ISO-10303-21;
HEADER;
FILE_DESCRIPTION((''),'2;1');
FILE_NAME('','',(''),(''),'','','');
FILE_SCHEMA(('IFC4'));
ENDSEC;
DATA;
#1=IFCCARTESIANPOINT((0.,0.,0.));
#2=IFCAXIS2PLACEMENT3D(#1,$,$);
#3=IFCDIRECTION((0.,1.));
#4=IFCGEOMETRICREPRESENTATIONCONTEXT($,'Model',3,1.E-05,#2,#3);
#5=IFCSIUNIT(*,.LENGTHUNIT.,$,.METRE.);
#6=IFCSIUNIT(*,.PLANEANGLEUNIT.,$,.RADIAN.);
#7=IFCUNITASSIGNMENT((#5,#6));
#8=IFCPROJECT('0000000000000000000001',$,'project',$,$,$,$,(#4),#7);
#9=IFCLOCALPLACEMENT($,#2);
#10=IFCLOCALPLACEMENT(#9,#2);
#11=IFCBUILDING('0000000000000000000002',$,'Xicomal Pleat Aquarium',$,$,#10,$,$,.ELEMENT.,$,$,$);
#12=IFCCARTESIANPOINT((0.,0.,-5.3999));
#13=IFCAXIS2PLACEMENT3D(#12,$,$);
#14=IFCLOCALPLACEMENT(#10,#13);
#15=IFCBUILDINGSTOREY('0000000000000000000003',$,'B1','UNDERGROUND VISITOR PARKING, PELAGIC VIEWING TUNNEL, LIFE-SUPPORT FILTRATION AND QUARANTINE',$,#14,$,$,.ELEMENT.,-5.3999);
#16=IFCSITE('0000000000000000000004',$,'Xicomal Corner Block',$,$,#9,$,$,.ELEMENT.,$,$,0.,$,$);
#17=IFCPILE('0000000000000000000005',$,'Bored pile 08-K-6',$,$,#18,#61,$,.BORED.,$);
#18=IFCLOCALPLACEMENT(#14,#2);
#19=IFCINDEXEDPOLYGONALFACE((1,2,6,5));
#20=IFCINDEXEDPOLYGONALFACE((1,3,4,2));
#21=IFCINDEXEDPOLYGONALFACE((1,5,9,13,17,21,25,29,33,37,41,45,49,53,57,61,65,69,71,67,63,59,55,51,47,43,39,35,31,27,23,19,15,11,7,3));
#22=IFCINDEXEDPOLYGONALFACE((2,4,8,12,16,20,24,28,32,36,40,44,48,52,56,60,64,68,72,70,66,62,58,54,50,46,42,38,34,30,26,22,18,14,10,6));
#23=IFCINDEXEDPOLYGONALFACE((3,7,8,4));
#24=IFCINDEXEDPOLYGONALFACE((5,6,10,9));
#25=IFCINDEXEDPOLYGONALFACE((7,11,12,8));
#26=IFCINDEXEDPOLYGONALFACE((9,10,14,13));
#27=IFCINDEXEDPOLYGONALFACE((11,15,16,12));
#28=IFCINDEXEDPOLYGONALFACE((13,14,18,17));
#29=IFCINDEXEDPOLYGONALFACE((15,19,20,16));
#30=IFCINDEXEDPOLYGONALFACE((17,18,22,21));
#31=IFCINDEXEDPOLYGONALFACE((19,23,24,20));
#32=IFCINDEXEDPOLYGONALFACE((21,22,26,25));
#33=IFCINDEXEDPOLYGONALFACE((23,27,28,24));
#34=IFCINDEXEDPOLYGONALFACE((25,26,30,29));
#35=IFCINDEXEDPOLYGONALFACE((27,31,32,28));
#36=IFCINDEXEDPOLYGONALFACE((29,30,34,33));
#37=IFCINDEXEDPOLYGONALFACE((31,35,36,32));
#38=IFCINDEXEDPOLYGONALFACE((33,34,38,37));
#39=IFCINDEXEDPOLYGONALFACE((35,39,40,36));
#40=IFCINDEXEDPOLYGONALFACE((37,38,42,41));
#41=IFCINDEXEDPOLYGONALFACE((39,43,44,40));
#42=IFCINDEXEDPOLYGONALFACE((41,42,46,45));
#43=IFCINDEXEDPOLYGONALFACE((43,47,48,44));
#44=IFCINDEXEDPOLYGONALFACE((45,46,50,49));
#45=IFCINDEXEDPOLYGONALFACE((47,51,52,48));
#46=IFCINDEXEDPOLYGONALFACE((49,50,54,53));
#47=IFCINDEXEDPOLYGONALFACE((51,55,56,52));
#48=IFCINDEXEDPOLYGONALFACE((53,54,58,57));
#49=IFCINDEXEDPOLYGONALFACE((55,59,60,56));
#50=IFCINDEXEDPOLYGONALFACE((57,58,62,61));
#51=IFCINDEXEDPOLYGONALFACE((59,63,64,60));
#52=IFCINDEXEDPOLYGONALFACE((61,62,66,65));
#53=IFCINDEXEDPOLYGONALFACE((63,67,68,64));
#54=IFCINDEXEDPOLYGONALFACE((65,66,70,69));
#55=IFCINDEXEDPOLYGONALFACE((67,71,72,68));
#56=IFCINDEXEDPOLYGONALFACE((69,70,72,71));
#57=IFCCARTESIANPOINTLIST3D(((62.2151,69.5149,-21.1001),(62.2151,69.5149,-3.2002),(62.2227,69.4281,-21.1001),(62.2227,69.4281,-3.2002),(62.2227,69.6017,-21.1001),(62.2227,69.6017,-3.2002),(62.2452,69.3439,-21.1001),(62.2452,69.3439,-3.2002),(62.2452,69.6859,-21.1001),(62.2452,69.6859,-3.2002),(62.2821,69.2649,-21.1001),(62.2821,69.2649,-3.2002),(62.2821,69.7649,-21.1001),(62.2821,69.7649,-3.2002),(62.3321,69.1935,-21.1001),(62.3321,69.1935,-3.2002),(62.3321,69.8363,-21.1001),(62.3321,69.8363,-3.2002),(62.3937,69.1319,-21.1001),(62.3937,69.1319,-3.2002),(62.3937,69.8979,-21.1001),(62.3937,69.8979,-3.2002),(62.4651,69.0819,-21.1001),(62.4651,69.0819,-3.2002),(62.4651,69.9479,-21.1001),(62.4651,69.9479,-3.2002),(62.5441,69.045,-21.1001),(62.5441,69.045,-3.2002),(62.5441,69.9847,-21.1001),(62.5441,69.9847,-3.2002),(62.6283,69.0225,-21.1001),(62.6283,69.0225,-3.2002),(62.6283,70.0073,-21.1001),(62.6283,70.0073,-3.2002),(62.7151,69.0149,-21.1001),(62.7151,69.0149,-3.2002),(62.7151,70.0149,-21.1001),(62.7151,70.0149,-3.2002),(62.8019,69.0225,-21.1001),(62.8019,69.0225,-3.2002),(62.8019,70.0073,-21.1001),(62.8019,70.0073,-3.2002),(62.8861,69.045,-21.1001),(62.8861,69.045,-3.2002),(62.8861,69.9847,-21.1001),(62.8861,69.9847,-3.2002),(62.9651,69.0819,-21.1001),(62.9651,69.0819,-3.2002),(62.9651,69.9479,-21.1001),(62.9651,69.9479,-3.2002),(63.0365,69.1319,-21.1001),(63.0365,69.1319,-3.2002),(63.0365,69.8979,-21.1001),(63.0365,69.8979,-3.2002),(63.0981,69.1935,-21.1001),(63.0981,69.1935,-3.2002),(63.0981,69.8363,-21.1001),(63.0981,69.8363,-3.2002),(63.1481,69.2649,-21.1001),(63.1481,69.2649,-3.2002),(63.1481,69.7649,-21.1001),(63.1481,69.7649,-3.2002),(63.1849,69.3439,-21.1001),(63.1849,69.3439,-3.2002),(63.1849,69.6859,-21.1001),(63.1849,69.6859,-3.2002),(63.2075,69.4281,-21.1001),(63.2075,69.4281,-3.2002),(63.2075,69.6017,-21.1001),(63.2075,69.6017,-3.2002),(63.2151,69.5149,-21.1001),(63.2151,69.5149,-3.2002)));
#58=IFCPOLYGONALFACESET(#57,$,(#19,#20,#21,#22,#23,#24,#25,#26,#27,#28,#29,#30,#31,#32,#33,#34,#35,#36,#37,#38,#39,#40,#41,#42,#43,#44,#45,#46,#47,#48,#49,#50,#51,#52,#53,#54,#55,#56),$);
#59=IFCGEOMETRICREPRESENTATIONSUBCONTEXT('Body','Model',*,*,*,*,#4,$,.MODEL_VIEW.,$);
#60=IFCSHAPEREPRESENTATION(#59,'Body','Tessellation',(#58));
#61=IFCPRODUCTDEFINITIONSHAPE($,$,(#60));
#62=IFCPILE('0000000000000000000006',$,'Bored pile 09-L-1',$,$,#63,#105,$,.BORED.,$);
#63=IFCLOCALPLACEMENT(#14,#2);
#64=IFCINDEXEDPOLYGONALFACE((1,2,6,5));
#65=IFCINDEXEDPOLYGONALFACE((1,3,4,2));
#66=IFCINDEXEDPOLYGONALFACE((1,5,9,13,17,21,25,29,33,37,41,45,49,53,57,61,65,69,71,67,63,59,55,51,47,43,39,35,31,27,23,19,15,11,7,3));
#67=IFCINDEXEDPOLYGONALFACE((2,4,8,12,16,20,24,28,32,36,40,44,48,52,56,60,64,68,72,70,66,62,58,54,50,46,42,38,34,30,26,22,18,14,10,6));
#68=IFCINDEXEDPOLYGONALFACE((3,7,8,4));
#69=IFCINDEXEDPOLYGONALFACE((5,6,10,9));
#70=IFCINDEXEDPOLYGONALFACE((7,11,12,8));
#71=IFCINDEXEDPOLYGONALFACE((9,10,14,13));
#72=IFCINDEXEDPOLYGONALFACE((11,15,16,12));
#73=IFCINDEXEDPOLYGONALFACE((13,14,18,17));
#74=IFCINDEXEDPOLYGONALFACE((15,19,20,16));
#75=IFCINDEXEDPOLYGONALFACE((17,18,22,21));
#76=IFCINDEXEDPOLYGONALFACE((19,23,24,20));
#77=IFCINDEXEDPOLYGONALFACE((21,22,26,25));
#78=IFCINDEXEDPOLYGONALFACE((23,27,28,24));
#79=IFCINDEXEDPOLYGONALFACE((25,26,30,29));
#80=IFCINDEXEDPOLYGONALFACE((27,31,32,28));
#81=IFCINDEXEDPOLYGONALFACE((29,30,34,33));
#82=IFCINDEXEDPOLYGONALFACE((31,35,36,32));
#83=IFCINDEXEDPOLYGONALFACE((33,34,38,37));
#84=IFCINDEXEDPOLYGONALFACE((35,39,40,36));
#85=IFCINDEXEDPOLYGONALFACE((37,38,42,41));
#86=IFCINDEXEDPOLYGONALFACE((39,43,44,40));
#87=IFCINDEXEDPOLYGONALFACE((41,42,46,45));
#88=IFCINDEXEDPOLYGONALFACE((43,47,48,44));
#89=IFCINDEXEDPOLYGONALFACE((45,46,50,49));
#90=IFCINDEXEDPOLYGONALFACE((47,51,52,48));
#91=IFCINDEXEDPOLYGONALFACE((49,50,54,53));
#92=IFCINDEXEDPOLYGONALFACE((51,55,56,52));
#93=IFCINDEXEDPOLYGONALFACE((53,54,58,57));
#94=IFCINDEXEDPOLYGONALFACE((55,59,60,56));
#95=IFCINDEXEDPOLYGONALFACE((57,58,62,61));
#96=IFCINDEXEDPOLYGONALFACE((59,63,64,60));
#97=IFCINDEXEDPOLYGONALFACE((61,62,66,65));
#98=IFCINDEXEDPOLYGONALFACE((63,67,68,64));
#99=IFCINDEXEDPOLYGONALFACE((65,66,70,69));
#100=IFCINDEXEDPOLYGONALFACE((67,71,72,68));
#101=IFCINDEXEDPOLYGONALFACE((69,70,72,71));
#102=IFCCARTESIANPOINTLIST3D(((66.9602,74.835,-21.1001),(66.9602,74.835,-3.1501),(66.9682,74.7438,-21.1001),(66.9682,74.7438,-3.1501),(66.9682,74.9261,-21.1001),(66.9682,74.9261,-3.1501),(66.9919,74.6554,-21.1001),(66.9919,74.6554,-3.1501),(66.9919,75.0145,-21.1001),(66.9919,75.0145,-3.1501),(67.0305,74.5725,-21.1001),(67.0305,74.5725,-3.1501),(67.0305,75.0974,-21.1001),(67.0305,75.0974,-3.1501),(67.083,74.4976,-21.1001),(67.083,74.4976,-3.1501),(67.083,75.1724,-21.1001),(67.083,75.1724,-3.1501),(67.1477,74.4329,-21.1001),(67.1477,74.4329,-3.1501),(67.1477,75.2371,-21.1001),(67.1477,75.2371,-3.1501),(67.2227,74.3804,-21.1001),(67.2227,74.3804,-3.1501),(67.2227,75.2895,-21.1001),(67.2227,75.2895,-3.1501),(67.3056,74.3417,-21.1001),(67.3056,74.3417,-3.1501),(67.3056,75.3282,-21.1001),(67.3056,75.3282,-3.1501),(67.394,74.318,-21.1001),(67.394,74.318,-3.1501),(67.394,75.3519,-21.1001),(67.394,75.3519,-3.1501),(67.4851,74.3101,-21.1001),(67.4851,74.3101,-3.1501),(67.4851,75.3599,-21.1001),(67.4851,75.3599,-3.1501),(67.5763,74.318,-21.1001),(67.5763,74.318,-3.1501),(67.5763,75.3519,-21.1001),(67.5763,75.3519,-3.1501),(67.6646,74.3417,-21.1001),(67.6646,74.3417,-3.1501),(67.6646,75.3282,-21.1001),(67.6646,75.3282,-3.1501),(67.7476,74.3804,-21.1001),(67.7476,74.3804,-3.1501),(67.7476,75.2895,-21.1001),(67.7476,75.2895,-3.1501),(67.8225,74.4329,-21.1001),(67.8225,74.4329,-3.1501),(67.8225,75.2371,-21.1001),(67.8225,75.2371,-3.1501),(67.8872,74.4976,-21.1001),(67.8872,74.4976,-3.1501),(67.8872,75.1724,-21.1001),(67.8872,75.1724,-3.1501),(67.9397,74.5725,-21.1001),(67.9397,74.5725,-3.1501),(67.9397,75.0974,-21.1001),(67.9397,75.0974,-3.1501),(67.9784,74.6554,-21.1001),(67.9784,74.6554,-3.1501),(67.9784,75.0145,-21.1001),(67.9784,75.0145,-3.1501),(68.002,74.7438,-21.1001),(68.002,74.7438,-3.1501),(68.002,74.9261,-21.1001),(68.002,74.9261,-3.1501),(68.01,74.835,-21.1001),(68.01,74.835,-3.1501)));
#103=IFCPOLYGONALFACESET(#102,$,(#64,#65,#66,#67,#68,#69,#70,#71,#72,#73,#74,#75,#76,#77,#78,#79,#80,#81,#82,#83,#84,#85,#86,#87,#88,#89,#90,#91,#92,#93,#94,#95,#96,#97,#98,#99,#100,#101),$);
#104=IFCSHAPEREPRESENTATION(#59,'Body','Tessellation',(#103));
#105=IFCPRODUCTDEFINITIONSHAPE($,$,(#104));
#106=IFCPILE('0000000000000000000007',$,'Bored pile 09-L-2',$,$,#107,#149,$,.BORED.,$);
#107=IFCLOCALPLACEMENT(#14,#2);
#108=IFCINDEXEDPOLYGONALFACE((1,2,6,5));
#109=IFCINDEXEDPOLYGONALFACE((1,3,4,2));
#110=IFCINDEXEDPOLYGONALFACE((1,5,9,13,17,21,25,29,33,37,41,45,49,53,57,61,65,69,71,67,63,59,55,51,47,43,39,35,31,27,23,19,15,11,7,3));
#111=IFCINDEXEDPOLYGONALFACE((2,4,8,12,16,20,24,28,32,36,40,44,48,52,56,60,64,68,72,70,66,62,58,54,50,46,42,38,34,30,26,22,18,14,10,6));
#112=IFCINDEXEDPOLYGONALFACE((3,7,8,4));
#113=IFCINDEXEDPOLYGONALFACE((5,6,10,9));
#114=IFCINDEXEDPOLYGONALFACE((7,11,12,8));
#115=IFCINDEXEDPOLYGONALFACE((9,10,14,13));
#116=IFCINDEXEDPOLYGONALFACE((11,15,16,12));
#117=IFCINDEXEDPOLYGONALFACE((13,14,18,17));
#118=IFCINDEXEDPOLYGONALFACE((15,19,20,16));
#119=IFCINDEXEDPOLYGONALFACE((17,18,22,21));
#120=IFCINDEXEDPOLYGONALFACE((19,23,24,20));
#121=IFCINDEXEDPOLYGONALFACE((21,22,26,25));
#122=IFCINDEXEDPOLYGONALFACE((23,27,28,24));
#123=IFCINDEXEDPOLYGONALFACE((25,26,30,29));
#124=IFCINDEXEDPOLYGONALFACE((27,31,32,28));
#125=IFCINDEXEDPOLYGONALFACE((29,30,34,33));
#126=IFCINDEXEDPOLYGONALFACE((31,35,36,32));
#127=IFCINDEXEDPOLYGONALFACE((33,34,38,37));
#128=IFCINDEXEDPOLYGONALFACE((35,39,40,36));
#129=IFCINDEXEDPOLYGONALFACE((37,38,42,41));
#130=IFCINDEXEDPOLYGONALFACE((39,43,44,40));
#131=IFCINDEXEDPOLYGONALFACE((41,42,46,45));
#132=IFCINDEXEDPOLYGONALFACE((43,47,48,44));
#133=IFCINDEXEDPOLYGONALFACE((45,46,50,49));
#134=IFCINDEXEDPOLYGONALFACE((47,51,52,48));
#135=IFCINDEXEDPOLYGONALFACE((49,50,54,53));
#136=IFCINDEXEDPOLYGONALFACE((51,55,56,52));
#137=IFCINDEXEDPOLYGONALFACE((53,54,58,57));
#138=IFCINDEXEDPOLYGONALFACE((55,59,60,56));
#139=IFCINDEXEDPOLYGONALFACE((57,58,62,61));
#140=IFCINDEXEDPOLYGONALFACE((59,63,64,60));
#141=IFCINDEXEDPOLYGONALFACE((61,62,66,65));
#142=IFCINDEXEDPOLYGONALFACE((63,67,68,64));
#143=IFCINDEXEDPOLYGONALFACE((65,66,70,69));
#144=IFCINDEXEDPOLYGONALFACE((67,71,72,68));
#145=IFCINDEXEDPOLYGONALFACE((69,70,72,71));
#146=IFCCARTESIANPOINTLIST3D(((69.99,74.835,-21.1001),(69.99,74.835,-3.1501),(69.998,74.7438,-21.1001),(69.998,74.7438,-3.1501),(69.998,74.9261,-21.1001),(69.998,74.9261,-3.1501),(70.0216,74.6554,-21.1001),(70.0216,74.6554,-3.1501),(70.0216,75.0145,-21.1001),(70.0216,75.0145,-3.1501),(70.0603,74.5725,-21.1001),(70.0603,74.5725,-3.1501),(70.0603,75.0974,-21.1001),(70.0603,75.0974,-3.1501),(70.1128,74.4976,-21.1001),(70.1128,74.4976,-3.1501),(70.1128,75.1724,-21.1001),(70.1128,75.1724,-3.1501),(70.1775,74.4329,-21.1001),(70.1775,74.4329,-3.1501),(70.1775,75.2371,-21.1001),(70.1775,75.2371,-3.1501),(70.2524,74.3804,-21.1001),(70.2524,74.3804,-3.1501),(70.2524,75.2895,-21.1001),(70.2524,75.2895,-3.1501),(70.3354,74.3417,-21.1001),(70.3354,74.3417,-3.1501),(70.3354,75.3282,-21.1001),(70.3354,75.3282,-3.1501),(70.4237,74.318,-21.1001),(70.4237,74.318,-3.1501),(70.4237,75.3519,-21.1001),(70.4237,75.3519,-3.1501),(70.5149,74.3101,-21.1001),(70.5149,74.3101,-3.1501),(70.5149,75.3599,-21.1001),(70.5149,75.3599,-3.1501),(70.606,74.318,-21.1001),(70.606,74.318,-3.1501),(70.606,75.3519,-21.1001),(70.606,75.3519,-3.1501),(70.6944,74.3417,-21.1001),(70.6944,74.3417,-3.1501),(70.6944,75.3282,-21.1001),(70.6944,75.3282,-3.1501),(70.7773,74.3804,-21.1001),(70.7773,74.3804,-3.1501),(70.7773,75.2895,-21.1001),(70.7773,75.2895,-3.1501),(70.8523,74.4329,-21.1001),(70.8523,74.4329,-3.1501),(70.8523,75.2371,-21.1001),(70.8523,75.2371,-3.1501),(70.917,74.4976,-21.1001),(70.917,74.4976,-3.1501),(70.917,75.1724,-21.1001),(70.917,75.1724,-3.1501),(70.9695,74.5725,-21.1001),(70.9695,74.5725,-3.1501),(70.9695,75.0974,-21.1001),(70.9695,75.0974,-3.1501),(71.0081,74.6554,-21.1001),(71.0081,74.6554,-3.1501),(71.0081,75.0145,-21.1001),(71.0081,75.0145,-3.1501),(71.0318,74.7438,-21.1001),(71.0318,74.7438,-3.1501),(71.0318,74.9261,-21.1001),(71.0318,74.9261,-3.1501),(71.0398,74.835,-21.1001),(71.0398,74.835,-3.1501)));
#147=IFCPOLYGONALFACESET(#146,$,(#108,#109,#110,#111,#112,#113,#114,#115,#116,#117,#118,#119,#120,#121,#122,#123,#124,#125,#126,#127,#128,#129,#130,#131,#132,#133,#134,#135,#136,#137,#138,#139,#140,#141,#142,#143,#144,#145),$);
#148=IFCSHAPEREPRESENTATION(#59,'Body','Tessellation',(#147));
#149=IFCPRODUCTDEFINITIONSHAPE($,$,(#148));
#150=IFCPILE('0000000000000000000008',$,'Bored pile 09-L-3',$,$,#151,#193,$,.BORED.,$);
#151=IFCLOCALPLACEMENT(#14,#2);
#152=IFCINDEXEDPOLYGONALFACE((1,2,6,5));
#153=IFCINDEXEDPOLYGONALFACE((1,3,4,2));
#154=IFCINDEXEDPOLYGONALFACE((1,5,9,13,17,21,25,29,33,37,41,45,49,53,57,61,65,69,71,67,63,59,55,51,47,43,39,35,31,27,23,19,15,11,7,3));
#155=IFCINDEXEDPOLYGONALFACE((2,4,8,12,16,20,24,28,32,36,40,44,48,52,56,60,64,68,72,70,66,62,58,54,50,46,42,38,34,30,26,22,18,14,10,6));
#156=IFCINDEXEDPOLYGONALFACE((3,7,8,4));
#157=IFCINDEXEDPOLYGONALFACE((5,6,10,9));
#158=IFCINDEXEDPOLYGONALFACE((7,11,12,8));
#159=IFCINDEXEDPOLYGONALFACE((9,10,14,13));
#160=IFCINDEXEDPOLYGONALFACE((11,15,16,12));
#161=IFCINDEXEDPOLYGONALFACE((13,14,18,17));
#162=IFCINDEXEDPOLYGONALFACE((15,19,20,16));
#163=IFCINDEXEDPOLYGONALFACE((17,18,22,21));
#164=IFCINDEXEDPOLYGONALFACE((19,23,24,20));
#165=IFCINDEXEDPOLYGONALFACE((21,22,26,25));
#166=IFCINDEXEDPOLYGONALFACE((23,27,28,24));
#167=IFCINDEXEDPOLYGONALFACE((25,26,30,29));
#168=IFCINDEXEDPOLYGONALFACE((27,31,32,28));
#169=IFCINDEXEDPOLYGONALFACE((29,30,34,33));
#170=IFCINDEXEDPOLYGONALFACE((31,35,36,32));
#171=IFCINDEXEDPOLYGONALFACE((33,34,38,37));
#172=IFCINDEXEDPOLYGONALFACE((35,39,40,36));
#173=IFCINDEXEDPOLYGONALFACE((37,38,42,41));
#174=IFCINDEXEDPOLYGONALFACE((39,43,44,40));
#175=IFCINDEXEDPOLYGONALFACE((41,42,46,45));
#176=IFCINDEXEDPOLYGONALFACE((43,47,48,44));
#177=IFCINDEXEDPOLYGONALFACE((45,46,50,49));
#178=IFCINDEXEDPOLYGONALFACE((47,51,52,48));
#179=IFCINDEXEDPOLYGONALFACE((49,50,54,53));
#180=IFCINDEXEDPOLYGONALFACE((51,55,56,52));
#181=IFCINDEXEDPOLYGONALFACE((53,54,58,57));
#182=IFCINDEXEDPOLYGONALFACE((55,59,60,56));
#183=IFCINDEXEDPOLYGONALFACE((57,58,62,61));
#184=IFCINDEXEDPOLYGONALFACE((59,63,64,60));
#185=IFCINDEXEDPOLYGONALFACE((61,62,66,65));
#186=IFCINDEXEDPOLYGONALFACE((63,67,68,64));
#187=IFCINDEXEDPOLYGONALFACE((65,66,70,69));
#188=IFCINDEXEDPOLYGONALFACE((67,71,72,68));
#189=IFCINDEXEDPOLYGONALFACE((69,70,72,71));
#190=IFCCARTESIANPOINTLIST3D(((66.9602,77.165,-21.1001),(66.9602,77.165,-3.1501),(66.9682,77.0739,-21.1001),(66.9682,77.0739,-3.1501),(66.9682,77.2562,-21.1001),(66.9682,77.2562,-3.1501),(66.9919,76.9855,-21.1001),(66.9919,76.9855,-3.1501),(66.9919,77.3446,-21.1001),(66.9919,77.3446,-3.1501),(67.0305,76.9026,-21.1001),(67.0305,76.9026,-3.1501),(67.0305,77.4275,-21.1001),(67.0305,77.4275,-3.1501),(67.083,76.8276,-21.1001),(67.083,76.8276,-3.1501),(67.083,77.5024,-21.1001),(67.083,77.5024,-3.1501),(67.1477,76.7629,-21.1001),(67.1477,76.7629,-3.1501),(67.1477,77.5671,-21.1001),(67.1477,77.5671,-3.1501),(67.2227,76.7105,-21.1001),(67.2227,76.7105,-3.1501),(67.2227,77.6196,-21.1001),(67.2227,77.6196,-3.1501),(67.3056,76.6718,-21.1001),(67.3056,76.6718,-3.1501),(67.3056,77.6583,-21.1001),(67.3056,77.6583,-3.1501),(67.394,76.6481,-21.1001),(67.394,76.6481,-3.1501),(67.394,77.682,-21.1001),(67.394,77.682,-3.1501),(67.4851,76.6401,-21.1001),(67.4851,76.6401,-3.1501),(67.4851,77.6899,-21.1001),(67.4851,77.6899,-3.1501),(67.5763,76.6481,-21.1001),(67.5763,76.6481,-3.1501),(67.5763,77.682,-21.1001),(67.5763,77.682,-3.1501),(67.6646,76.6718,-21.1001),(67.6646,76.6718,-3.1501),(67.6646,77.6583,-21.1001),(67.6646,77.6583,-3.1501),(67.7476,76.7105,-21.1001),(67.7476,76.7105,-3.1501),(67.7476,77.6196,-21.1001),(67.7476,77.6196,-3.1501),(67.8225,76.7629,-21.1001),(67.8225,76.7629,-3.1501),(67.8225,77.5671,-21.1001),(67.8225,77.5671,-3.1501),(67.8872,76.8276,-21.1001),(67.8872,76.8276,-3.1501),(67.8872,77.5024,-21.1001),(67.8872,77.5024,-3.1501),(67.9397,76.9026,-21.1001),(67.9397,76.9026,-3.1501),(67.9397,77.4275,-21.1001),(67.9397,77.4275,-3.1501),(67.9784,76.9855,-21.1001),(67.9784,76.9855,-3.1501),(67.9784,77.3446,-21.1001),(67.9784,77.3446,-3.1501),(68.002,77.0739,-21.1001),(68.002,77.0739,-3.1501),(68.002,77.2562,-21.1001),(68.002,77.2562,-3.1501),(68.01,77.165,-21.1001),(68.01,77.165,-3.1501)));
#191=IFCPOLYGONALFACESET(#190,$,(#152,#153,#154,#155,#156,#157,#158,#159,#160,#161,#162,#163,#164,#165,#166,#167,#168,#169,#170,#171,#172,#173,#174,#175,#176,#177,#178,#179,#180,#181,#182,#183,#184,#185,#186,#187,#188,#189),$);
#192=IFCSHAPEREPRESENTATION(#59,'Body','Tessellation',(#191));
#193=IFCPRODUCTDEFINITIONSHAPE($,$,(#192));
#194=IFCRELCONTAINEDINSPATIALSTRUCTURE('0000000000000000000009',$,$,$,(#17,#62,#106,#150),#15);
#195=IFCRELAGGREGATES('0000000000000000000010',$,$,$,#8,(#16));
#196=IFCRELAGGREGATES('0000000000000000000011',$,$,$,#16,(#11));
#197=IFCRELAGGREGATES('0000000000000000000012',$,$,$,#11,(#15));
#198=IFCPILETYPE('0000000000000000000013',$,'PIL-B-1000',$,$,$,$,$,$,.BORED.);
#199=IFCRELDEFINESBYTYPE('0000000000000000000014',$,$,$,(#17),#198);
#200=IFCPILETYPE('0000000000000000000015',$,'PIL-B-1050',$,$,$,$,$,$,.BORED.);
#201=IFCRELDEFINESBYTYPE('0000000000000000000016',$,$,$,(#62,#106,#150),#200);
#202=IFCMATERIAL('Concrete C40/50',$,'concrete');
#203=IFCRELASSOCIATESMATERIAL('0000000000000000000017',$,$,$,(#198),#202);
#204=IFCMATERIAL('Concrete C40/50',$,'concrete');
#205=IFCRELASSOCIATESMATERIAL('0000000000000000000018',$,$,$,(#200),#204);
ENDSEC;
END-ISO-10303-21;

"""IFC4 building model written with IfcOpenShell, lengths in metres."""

from ifc_helpers import new_model, si_unit, direction, frame, origin, origin_2d, place, context, subcontext, project, spatial, circle, extrude, material, material_profile, profile_set, type_object, element, save


model = new_model("IFC4")

# Units and contexts
model_context = context("Model", 3, precision=1e-05, world=origin(), true_north=direction((0.0, 1.0)))
body_context = subcontext(model_context, "Body", "Model", "MODEL_VIEW")
ifc_project = project(units=[si_unit("LENGTHUNIT", "METRE"), si_unit("PLANEANGLEUNIT", "RADIAN")], contexts=[model_context])

# Site, building, storey
site_placement = place(None, origin())
site = spatial("IfcSite", under=ifc_project, at=site_placement, Name="Xicomal Corner Block", CompositionType="ELEMENT", RefElevation=0.0)
building_placement = place(site_placement, origin())
building = spatial("IfcBuilding", under=site, at=building_placement, Name="Xicomal Pleat Aquarium", CompositionType="ELEMENT")
storey_placement = place(building_placement, frame((0.0, 0.0, -5.3999)))
storey = spatial("IfcBuildingStorey", under=building, at=storey_placement, Name="B1", Description="UNDERGROUND VISITOR PARKING, PELAGIC VIEWING TUNNEL, LIFE-SUPPORT FILTRATION AND QUARANTINE", CompositionType="ELEMENT", Elevation=-5.3999)

# Piles
ifc_material_1 = material(Name="Concrete C40/50", Category="concrete")
ifc_material_profile_1 = material_profile(ifc_material_1, circle(Radius=0.5, at=origin_2d()), Name="BORED PILE D1000")
ifc_profile_set_1 = profile_set([ifc_material_profile_1], Name="Concrete C40/50")
pile_type_1 = type_object("IfcPileType", Name="PIL-B-1000", PredefinedType="BORED", material=ifc_profile_set_1)
for number, where, z_axis, x_axis, name in (
    (1, (62.7151, 69.5149, -3.2002), (0.0, 0.0, -1.0), (1.0, 0.0, 0.0), "Bored pile 08-K-6"),
):
    element("IfcPile", number, at=place(storey_placement, frame(where, z_axis=z_axis, x_axis=x_axis)), inside=storey, type_object=pile_type_1, Name=name, PredefinedType="BORED", context=body_context, shape_type="SweptSolid", body=[
        extrude(circle(Radius=0.5, at=origin_2d()), origin(), (0.0, 0.0, 1.0), 17.8999),
    ])
ifc_material_2 = material(Name="Concrete C40/50", Category="concrete")
ifc_material_profile_2 = material_profile(ifc_material_2, circle(Radius=0.5249, at=origin_2d()), Name="BORED PILE D1050")
ifc_profile_set_2 = profile_set([ifc_material_profile_2], Name="Concrete C40/50")
pile_type_2 = type_object("IfcPileType", Name="PIL-B-1050", PredefinedType="BORED", material=ifc_profile_set_2)
for number, where, z_axis, x_axis, name in (
    (2, (67.4851, 74.835, -3.1501), (0.0, 0.0, -1.0), (1.0, 0.0, 0.0), "Bored pile 09-L-1"),
    (3, (70.5149, 74.835, -3.1501), (0.0, 0.0, -1.0), (1.0, 0.0, 0.0), "Bored pile 09-L-2"),
    (4, (67.4851, 77.165, -3.1501), (0.0, 0.0, -1.0), (1.0, 0.0, 0.0), "Bored pile 09-L-3"),
):
    element("IfcPile", number, at=place(storey_placement, frame(where, z_axis=z_axis, x_axis=x_axis)), inside=storey, type_object=pile_type_2, Name=name, PredefinedType="BORED", context=body_context, shape_type="SweptSolid", body=[
        extrude(circle(Radius=0.5249, at=origin_2d()), origin(), (0.0, 0.0, 1.0), 17.95),
    ])

save(model, "model.ifc")
